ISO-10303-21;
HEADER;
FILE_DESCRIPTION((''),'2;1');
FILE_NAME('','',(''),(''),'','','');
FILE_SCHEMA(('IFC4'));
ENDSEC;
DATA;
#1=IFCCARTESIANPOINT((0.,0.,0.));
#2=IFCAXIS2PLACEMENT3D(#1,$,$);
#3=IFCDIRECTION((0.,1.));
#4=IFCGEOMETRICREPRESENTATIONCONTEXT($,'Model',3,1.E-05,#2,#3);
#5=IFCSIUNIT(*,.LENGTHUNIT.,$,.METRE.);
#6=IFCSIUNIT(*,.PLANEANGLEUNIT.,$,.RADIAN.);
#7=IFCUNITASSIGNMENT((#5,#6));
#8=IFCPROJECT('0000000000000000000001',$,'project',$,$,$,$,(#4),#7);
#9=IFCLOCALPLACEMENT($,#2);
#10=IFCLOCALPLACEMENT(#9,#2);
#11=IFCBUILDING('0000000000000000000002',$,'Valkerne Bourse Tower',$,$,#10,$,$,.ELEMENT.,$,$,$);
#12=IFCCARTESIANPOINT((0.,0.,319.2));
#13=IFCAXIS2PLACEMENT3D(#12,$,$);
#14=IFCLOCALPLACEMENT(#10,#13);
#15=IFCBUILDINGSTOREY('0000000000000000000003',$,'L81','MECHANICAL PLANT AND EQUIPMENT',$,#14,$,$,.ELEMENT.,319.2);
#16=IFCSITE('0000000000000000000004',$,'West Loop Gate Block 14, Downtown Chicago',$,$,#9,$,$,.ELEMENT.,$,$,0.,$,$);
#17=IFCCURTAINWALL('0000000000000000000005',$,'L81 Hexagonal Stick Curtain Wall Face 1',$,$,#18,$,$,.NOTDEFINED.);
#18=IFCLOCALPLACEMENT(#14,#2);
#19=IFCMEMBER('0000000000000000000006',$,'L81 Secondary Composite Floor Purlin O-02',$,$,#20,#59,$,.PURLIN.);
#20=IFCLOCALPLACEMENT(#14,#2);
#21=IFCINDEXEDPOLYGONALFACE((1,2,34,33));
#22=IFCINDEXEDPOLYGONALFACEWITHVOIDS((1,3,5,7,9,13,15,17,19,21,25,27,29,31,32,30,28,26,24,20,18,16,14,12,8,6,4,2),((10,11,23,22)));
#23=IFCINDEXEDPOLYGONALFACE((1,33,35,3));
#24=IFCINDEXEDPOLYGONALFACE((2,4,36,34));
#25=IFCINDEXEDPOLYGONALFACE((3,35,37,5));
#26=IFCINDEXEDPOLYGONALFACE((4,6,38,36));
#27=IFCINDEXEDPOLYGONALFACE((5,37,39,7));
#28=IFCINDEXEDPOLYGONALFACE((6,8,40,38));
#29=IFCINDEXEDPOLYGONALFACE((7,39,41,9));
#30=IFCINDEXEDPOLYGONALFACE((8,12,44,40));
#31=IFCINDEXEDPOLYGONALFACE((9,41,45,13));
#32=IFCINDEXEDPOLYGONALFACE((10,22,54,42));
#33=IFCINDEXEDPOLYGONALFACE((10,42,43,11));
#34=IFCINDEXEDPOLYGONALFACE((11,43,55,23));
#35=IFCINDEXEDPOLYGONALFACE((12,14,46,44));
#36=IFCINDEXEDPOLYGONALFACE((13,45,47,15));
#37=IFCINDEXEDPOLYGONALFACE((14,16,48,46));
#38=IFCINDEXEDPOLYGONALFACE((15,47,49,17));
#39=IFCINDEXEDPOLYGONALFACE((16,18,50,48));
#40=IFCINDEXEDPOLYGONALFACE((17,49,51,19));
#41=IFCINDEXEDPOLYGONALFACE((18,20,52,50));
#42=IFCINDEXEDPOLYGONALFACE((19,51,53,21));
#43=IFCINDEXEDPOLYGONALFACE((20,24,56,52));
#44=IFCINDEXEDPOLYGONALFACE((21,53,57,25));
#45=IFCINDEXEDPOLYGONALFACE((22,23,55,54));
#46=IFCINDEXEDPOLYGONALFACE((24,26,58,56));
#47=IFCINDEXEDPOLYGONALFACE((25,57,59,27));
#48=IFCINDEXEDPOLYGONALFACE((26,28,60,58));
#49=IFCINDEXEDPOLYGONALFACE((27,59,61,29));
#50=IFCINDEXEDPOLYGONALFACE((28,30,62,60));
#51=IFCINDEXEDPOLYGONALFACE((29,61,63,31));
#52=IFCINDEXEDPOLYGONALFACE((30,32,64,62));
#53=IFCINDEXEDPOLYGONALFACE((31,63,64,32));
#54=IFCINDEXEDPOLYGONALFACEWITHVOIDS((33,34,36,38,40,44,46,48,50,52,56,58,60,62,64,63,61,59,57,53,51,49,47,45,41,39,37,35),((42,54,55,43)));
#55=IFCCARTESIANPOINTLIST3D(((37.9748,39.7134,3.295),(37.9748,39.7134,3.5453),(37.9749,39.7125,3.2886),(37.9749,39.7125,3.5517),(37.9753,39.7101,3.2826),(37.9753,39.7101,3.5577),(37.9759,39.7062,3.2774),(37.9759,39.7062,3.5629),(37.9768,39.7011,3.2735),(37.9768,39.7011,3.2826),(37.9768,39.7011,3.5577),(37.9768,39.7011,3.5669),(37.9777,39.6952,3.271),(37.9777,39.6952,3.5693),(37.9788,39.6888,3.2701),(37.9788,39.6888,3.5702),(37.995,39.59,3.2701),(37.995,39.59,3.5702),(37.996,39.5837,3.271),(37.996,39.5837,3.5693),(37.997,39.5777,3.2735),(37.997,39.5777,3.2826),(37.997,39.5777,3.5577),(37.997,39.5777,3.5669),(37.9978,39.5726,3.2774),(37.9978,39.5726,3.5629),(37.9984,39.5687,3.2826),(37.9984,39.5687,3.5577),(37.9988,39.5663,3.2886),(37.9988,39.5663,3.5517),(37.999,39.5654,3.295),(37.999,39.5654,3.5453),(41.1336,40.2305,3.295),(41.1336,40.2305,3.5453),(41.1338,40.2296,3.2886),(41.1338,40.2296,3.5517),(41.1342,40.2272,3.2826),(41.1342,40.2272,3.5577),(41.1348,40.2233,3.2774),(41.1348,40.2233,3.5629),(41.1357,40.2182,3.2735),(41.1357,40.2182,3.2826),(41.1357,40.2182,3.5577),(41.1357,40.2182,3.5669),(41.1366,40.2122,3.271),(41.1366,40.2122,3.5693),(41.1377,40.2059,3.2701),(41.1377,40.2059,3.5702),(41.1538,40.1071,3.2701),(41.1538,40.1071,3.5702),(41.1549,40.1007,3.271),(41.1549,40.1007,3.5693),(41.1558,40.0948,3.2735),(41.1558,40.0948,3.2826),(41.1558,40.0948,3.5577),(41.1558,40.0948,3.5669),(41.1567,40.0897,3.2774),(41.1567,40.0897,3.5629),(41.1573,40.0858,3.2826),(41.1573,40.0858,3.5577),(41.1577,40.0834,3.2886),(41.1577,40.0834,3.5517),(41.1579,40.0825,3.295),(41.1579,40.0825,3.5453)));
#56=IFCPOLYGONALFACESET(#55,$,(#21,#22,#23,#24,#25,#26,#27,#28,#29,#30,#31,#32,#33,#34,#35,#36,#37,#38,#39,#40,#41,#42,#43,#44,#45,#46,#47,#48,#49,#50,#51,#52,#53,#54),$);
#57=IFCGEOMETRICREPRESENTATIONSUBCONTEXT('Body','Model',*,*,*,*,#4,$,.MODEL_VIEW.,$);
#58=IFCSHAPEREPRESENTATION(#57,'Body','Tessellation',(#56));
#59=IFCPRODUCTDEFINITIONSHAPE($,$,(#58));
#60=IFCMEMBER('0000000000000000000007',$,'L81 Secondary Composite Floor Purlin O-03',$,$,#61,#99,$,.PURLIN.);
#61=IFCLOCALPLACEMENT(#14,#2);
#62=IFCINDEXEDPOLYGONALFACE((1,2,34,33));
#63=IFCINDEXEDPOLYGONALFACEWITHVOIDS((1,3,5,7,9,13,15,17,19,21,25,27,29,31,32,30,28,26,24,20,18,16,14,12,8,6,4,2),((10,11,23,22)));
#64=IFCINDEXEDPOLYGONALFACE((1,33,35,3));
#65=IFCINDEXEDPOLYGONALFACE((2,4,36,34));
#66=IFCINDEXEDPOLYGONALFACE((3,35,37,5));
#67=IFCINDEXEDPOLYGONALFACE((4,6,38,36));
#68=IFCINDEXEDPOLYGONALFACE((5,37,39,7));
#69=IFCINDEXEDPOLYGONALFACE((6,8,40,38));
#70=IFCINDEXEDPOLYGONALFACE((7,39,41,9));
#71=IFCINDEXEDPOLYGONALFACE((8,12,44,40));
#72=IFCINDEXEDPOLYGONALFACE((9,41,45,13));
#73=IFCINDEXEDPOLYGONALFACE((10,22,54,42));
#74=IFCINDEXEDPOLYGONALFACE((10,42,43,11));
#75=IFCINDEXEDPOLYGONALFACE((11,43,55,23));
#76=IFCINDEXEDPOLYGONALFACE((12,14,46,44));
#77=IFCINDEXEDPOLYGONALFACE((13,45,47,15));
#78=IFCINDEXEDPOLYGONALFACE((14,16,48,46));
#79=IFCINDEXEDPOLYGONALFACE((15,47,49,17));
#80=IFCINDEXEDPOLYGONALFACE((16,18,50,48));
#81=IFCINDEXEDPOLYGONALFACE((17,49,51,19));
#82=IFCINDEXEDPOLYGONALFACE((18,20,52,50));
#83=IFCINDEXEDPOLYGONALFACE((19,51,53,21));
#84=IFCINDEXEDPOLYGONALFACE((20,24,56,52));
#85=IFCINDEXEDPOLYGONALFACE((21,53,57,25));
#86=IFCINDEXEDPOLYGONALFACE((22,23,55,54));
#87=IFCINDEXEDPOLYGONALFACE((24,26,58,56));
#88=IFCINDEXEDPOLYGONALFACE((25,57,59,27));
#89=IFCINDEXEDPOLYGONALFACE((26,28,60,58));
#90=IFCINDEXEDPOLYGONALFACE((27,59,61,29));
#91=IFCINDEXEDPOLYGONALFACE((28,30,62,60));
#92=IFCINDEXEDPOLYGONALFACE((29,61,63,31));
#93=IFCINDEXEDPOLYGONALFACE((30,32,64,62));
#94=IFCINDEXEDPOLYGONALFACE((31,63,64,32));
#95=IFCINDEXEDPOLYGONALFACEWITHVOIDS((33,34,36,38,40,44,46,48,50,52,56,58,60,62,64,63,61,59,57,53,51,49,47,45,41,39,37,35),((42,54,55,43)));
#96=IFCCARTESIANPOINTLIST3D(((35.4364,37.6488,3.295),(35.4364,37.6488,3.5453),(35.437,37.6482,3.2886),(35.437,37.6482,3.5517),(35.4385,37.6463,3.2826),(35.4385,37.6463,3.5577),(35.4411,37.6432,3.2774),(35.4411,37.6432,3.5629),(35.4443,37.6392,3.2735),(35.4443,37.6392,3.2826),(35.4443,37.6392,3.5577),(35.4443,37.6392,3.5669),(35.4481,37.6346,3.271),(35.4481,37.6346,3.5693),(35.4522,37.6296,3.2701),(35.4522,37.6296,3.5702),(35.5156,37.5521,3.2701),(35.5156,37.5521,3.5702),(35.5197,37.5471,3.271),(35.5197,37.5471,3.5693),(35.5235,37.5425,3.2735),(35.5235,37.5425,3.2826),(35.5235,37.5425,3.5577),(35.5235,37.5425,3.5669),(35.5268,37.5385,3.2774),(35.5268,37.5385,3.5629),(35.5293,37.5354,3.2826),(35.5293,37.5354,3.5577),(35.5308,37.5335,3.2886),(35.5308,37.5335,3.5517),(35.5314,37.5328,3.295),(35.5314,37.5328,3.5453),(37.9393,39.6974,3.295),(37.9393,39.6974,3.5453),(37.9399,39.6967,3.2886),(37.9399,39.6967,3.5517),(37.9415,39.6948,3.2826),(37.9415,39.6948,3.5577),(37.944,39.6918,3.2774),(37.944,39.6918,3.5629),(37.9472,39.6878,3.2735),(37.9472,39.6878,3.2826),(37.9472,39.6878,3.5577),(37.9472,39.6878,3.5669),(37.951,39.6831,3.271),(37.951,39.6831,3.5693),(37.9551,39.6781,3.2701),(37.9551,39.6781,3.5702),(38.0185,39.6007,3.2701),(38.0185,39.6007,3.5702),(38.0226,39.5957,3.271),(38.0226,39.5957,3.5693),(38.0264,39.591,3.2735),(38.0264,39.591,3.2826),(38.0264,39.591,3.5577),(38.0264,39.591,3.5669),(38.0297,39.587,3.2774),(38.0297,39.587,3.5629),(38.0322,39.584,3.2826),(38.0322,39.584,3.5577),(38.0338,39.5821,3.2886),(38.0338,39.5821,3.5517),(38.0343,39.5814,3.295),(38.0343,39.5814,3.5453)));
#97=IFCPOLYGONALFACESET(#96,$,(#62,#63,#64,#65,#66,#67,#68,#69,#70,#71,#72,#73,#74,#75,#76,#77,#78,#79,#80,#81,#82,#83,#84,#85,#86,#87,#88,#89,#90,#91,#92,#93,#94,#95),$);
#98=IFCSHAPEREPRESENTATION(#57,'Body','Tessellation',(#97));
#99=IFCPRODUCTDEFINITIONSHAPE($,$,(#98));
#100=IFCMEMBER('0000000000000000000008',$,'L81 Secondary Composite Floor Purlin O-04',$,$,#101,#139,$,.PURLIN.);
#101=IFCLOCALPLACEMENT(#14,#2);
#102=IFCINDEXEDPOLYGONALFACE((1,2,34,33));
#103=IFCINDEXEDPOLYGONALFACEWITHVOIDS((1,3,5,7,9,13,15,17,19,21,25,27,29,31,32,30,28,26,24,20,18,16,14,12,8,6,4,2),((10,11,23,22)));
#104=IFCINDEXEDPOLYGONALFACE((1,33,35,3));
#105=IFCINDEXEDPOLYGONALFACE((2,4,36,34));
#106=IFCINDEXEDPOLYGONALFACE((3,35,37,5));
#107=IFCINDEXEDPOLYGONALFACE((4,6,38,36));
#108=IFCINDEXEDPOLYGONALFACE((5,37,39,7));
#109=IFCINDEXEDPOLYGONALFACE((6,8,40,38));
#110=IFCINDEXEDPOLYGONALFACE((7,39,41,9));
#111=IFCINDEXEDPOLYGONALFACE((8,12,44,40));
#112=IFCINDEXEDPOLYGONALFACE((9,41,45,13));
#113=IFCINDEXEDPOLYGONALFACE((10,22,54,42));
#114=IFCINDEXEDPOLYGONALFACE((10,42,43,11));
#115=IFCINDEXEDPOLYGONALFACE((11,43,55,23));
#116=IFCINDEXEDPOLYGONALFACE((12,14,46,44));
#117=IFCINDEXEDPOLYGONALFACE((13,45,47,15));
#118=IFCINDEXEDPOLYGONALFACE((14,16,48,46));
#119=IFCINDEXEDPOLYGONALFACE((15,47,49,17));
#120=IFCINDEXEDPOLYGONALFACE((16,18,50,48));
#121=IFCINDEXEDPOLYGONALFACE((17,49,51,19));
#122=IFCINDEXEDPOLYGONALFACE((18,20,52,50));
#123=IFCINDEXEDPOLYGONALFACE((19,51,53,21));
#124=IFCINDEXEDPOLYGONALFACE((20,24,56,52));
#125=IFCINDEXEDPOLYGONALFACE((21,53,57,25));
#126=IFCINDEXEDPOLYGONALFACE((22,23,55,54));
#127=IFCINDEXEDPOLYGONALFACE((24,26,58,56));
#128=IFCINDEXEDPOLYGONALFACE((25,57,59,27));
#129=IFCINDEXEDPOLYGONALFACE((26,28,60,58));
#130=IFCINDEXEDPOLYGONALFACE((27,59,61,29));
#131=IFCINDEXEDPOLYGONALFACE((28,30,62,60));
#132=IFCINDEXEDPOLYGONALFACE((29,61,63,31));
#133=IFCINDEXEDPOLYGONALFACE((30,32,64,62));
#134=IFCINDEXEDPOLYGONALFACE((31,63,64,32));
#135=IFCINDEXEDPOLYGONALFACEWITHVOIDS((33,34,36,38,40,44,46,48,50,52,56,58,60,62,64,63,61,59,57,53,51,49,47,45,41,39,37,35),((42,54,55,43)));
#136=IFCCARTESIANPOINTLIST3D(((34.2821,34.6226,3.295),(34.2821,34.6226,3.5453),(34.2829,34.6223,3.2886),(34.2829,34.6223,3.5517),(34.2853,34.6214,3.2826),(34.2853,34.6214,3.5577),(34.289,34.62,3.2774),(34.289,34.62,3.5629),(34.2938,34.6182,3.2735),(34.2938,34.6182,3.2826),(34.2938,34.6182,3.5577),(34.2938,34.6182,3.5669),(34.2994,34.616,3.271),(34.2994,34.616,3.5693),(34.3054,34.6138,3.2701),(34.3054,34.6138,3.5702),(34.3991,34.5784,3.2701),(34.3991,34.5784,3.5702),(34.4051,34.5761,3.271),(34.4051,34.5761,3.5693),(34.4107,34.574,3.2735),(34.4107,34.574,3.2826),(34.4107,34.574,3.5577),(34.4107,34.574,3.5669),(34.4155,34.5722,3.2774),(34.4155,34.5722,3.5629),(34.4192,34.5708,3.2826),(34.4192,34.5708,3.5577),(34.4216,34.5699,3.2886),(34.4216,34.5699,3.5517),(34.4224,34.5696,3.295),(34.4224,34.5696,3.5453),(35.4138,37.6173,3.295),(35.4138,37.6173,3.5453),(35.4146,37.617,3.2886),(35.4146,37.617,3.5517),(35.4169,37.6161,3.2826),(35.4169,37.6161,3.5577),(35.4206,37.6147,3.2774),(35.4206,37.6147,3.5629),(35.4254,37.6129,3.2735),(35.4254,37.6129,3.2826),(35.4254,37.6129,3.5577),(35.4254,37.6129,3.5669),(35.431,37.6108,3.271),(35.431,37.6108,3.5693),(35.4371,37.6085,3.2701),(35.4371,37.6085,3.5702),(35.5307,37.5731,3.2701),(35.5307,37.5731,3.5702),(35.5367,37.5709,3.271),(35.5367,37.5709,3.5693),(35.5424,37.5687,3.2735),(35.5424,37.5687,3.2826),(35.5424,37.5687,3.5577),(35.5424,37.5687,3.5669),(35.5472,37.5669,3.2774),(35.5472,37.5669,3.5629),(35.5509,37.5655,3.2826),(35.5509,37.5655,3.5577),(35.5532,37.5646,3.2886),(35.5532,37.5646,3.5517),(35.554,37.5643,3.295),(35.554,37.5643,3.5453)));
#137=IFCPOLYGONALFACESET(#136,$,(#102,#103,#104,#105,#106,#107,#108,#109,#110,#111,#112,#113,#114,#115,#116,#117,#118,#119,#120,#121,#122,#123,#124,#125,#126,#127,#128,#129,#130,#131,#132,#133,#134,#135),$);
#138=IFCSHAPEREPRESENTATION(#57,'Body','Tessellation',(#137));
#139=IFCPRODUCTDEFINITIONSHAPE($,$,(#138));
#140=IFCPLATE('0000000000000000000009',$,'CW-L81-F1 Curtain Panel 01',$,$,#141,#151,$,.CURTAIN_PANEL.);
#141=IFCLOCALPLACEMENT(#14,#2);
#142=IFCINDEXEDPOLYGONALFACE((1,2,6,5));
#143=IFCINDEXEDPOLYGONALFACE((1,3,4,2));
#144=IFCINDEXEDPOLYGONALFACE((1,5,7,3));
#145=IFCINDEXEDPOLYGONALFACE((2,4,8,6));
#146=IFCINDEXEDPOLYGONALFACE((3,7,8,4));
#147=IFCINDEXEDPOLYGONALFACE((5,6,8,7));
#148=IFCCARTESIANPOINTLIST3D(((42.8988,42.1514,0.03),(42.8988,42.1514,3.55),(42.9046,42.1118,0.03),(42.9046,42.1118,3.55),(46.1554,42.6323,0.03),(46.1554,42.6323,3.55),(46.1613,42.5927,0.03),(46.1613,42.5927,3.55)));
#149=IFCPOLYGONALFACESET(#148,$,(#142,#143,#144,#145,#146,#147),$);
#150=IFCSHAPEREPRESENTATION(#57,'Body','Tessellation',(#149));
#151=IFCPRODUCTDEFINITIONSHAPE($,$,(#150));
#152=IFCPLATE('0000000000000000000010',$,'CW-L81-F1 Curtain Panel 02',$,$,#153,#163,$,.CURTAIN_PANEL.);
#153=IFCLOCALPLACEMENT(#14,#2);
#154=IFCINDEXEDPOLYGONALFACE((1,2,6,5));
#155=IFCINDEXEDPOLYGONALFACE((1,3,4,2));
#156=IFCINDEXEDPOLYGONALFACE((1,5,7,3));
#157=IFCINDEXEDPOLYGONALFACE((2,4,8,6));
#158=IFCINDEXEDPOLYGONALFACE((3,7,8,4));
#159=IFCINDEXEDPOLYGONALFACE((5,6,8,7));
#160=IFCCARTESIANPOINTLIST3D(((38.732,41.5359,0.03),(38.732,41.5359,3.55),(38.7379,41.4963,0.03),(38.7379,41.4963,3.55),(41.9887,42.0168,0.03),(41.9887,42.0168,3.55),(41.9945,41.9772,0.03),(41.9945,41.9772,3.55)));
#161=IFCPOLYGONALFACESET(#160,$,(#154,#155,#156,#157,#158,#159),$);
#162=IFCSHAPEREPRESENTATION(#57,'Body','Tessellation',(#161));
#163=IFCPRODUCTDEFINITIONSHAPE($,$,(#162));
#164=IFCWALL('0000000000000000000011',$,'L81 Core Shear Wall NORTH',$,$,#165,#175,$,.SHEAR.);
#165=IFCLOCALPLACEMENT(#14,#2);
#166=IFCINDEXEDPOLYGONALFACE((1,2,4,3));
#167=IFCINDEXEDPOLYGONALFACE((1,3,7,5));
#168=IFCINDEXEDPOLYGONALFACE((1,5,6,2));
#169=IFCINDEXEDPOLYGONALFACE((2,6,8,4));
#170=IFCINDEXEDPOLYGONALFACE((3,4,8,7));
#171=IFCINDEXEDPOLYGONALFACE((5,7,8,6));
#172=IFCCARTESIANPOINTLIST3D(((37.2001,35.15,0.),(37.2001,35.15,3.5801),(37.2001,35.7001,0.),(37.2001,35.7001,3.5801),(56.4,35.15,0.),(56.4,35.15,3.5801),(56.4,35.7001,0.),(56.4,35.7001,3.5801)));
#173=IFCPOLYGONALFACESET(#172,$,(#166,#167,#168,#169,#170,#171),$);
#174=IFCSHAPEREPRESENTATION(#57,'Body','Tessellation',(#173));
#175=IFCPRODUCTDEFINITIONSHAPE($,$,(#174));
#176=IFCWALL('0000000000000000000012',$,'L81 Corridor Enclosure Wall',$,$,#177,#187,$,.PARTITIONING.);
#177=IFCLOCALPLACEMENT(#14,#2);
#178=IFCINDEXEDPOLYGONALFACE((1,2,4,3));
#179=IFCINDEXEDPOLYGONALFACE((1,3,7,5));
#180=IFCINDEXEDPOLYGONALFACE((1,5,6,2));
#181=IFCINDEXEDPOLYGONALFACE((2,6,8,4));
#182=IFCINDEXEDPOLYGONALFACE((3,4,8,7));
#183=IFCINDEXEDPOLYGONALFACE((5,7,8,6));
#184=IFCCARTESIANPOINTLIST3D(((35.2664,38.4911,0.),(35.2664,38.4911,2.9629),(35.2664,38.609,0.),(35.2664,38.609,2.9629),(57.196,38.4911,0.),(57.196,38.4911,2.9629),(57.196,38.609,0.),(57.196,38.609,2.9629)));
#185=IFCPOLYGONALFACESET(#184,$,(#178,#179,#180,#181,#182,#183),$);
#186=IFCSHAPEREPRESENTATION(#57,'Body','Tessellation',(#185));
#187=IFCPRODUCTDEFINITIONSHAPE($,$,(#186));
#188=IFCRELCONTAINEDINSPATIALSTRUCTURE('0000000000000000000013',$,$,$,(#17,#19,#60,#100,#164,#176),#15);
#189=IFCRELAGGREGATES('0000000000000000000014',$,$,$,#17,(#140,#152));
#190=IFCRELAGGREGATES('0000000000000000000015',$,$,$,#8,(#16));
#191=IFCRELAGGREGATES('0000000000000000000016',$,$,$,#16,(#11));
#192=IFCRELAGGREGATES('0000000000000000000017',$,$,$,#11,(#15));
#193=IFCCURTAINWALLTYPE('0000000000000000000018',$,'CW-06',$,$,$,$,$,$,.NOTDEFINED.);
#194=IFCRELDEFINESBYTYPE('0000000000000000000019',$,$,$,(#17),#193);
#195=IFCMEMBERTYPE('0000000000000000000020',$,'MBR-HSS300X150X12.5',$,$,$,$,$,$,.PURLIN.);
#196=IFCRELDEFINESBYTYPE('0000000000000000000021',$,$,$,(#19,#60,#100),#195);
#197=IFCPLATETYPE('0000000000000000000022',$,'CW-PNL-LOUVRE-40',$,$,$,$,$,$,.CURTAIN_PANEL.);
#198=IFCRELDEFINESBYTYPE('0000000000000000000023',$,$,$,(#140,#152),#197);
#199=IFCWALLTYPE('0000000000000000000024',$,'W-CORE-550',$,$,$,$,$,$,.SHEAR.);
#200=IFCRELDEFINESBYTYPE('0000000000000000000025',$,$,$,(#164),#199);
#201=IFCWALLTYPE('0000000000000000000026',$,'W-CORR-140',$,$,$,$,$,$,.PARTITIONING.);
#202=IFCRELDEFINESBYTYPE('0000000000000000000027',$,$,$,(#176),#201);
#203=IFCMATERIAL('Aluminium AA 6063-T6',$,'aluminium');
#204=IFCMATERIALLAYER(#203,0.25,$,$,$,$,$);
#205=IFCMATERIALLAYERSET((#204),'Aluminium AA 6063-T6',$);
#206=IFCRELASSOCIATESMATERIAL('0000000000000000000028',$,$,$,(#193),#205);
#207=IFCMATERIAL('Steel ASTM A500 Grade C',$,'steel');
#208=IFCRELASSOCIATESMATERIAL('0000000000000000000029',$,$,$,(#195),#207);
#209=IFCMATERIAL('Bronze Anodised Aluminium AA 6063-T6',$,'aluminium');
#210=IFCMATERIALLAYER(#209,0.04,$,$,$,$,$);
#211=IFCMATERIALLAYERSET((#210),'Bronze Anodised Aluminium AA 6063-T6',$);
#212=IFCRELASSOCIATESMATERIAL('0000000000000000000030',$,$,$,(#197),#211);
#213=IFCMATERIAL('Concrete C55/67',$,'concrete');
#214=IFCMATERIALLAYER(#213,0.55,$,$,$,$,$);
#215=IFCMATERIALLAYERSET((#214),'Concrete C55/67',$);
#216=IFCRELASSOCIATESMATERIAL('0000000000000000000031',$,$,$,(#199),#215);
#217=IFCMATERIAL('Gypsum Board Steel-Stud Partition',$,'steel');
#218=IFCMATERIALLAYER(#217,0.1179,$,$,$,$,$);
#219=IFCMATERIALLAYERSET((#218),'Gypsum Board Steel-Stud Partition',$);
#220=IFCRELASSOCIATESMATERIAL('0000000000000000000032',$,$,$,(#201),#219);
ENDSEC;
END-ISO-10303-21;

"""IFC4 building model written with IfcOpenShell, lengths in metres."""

from ifc_helpers import new_model, si_unit, direction, frame, frame_2d, origin, origin_2d, place, context, subcontext, project, spatial, rectangle, hollow_rectangle, extrude, material, layer, layer_set, material_profile, profile_set, type_object, element, aggregate, save


model = new_model("IFC4")

# Units and contexts
model_context = context("Model", 3, precision=1e-05, world=origin(), true_north=direction((0.0, 1.0)))
body_context = subcontext(model_context, "Body", "Model", "MODEL_VIEW")
ifc_project = project(units=[si_unit("LENGTHUNIT", "METRE"), si_unit("PLANEANGLEUNIT", "RADIAN")], contexts=[model_context])

# Site, building, storey
site_placement = place(None, origin())
site = spatial("IfcSite", under=ifc_project, at=site_placement, Name="West Loop Gate Block 14, Downtown Chicago", CompositionType="ELEMENT", RefElevation=0.0)
building_placement = place(site_placement, origin())
building = spatial("IfcBuilding", under=site, at=building_placement, Name="Valkerne Bourse Tower", CompositionType="ELEMENT")
storey_placement = place(building_placement, frame((0.0, 0.0, 319.2)))
storey = spatial("IfcBuildingStorey", under=building, at=storey_placement, Name="L81", Description="MECHANICAL PLANT AND EQUIPMENT", CompositionType="ELEMENT", Elevation=319.2)

# Shared definitions
ifc_material_1 = material(Name="Steel ASTM A500 Grade C", Category="steel")

# Curtain wall
ifc_material_2 = material(Name="Aluminium AA 6063-T6", Category="aluminium")
ifc_layer_1 = layer(ifc_material_2, 0.25)
ifc_layer_set_1 = layer_set([ifc_layer_1], Name="Aluminium AA 6063-T6")
curtain_wall_type = type_object("IfcCurtainWallType", Name="CW-06", PredefinedType="NOTDEFINED", material=ifc_layer_set_1)
curtain_wall_1_placement = place(storey_placement, origin())
curtain_wall_1 = element("IfcCurtainWall", 1, at=curtain_wall_1_placement, inside=storey, type_object=curtain_wall_type, Name="L81 Hexagonal Stick Curtain Wall Face 1", PredefinedType="NOTDEFINED")

# Members
ifc_material_profile_1 = material_profile(ifc_material_1, hollow_rectangle(XDim=0.1499, YDim=0.3, WallThickness=0.0125, OuterFilletRadius=0.0249, at=origin_2d()), Name="HSS300X150X12.5")
ifc_profile_set_1 = profile_set([ifc_material_profile_1], Name="Steel ASTM A500 Grade C")
member_type_1 = type_object("IfcMemberType", Name="MBR-HSS300X150X12.5", PredefinedType="PURLIN", material=ifc_profile_set_1)
member_1_placement = place(storey_placement, frame((41.1458, 40.1565, 3.4202), z_axis=(-0.986866, -0.161541, 0.0), x_axis=(0.161541, -0.986866, 0.0)))
element("IfcMember", 2, at=member_1_placement, inside=storey, type_object=member_type_1, Name="L81 Secondary Composite Floor Purlin O-02", PredefinedType="PURLIN", context=body_context, shape_type="SweptSolid", body=[
    extrude(hollow_rectangle(XDim=0.1499, YDim=0.3, WallThickness=0.0125, OuterFilletRadius=0.0249, at=origin_2d()), origin(), (0.0, 0.0, 1.0), 3.2009),
])
member_2_placement = place(storey_placement, frame((37.9868, 39.6394, 3.4202), z_axis=(-0.773846, -0.633373, 0.0), x_axis=(0.633373, -0.773846, 0.0)))
element("IfcMember", 3, at=member_2_placement, inside=storey, type_object=member_type_1, Name="L81 Secondary Composite Floor Purlin O-03", PredefinedType="PURLIN", context=body_context, shape_type="SweptSolid", body=[
    extrude(hollow_rectangle(XDim=0.1499, YDim=0.3, WallThickness=0.0125, OuterFilletRadius=0.0249, at=origin_2d()), origin(), (0.0, 0.0, 1.0), 3.2344),
])
member_3_placement = place(storey_placement, frame((35.4839, 37.5908, 3.4202), z_axis=(-0.353479, -0.935442, 0.0), x_axis=(0.935442, -0.353479, 0.0)))
element("IfcMember", 4, at=member_3_placement, inside=storey, type_object=member_type_1, Name="L81 Secondary Composite Floor Purlin O-04", PredefinedType="PURLIN", context=body_context, shape_type="SweptSolid", body=[
    extrude(hollow_rectangle(XDim=0.1499, YDim=0.3, WallThickness=0.0125, OuterFilletRadius=0.0249, at=origin_2d()), origin(), (0.0, 0.0, 1.0), 3.2014),
])

# Plates
ifc_material_3 = material(Name="Bronze Anodised Aluminium AA 6063-T6", Category="aluminium")
ifc_layer_2 = layer(ifc_material_3, 0.04)
ifc_layer_set_2 = layer_set([ifc_layer_2], Name="Bronze Anodised Aluminium AA 6063-T6")
plate_type = type_object("IfcPlateType", Name="CW-PNL-LOUVRE-40", PredefinedType="CURTAIN_PANEL", material=ifc_layer_set_2)
plate_1_placement = place(storey_placement, frame((44.53, 42.3721, 0.03), z_axis=(0.0, 0.0, 1.0), x_axis=(-0.989272, -0.146083, 0.0)))
plate_1 = element("IfcPlate", 5, at=plate_1_placement, type_object=plate_type, Name="CW-L81-F1 Curtain Panel 01", PredefinedType="CURTAIN_PANEL", context=body_context, shape_type="SweptSolid", body=[
    extrude(rectangle(XDim=3.292, YDim=0.04, at=origin_2d()), origin(), (0.0, 0.0, 1.0), 3.52),
])
plate_2_placement = place(storey_placement, frame((40.3633, 41.7566, 0.03), z_axis=(0.0, 0.0, 1.0), x_axis=(-0.989272, -0.146083, 0.0)))
plate_2 = element("IfcPlate", 6, at=plate_2_placement, type_object=plate_type, Name="CW-L81-F1 Curtain Panel 02", PredefinedType="CURTAIN_PANEL", context=body_context, shape_type="SweptSolid", body=[
    extrude(rectangle(XDim=3.292, YDim=0.04, at=origin_2d()), origin(), (0.0, 0.0, 1.0), 3.52),
])
aggregate(curtain_wall_1, [plate_1, plate_2])

# Walls
ifc_material_4 = material(Name="Concrete C55/67", Category="concrete")
ifc_layer_3 = layer(ifc_material_4, 0.55)
ifc_layer_set_3 = layer_set([ifc_layer_3], Name="Concrete C55/67")
wall_type_1 = type_object("IfcWallType", Name="W-CORE-550", PredefinedType="SHEAR", material=ifc_layer_set_3)
wall_1_placement = place(storey_placement, frame((37.2, 35.425, 0.0), z_axis=(0.0, 0.0, 1.0), x_axis=(1.0, 0.0, 0.0)))
element("IfcWall", 7, at=wall_1_placement, inside=storey, type_object=wall_type_1, Name="L81 Core Shear Wall NORTH", PredefinedType="SHEAR", context=body_context, shape_type="SweptSolid", body=[
    extrude(rectangle(XDim=19.2, YDim=0.55, at=frame_2d((9.6001, 0.0))), origin(), (0.0, 0.0, 1.0), 3.5801),
])
ifc_material_5 = material(Name="Gypsum Board Steel-Stud Partition", Category="steel")
ifc_layer_4 = layer(ifc_material_5, 0.1179)
ifc_layer_set_4 = layer_set([ifc_layer_4], Name="Gypsum Board Steel-Stud Partition")
wall_type_2 = type_object("IfcWallType", Name="W-CORR-140", PredefinedType="PARTITIONING", material=ifc_layer_set_4)
wall_2_placement = place(storey_placement, frame((35.2664, 38.55, 0.0), z_axis=(0.0, 0.0, 1.0), x_axis=(1.0, 0.0, 0.0)))
element("IfcWall", 8, at=wall_2_placement, inside=storey, type_object=wall_type_2, Name="L81 Corridor Enclosure Wall", PredefinedType="PARTITIONING", context=body_context, shape_type="SweptSolid", body=[
    extrude(rectangle(XDim=21.9297, YDim=0.1179, at=frame_2d((10.9648, 0.0))), origin(), (0.0, 0.0, 1.0), 2.9629),
])

save(model, "model.ifc")
